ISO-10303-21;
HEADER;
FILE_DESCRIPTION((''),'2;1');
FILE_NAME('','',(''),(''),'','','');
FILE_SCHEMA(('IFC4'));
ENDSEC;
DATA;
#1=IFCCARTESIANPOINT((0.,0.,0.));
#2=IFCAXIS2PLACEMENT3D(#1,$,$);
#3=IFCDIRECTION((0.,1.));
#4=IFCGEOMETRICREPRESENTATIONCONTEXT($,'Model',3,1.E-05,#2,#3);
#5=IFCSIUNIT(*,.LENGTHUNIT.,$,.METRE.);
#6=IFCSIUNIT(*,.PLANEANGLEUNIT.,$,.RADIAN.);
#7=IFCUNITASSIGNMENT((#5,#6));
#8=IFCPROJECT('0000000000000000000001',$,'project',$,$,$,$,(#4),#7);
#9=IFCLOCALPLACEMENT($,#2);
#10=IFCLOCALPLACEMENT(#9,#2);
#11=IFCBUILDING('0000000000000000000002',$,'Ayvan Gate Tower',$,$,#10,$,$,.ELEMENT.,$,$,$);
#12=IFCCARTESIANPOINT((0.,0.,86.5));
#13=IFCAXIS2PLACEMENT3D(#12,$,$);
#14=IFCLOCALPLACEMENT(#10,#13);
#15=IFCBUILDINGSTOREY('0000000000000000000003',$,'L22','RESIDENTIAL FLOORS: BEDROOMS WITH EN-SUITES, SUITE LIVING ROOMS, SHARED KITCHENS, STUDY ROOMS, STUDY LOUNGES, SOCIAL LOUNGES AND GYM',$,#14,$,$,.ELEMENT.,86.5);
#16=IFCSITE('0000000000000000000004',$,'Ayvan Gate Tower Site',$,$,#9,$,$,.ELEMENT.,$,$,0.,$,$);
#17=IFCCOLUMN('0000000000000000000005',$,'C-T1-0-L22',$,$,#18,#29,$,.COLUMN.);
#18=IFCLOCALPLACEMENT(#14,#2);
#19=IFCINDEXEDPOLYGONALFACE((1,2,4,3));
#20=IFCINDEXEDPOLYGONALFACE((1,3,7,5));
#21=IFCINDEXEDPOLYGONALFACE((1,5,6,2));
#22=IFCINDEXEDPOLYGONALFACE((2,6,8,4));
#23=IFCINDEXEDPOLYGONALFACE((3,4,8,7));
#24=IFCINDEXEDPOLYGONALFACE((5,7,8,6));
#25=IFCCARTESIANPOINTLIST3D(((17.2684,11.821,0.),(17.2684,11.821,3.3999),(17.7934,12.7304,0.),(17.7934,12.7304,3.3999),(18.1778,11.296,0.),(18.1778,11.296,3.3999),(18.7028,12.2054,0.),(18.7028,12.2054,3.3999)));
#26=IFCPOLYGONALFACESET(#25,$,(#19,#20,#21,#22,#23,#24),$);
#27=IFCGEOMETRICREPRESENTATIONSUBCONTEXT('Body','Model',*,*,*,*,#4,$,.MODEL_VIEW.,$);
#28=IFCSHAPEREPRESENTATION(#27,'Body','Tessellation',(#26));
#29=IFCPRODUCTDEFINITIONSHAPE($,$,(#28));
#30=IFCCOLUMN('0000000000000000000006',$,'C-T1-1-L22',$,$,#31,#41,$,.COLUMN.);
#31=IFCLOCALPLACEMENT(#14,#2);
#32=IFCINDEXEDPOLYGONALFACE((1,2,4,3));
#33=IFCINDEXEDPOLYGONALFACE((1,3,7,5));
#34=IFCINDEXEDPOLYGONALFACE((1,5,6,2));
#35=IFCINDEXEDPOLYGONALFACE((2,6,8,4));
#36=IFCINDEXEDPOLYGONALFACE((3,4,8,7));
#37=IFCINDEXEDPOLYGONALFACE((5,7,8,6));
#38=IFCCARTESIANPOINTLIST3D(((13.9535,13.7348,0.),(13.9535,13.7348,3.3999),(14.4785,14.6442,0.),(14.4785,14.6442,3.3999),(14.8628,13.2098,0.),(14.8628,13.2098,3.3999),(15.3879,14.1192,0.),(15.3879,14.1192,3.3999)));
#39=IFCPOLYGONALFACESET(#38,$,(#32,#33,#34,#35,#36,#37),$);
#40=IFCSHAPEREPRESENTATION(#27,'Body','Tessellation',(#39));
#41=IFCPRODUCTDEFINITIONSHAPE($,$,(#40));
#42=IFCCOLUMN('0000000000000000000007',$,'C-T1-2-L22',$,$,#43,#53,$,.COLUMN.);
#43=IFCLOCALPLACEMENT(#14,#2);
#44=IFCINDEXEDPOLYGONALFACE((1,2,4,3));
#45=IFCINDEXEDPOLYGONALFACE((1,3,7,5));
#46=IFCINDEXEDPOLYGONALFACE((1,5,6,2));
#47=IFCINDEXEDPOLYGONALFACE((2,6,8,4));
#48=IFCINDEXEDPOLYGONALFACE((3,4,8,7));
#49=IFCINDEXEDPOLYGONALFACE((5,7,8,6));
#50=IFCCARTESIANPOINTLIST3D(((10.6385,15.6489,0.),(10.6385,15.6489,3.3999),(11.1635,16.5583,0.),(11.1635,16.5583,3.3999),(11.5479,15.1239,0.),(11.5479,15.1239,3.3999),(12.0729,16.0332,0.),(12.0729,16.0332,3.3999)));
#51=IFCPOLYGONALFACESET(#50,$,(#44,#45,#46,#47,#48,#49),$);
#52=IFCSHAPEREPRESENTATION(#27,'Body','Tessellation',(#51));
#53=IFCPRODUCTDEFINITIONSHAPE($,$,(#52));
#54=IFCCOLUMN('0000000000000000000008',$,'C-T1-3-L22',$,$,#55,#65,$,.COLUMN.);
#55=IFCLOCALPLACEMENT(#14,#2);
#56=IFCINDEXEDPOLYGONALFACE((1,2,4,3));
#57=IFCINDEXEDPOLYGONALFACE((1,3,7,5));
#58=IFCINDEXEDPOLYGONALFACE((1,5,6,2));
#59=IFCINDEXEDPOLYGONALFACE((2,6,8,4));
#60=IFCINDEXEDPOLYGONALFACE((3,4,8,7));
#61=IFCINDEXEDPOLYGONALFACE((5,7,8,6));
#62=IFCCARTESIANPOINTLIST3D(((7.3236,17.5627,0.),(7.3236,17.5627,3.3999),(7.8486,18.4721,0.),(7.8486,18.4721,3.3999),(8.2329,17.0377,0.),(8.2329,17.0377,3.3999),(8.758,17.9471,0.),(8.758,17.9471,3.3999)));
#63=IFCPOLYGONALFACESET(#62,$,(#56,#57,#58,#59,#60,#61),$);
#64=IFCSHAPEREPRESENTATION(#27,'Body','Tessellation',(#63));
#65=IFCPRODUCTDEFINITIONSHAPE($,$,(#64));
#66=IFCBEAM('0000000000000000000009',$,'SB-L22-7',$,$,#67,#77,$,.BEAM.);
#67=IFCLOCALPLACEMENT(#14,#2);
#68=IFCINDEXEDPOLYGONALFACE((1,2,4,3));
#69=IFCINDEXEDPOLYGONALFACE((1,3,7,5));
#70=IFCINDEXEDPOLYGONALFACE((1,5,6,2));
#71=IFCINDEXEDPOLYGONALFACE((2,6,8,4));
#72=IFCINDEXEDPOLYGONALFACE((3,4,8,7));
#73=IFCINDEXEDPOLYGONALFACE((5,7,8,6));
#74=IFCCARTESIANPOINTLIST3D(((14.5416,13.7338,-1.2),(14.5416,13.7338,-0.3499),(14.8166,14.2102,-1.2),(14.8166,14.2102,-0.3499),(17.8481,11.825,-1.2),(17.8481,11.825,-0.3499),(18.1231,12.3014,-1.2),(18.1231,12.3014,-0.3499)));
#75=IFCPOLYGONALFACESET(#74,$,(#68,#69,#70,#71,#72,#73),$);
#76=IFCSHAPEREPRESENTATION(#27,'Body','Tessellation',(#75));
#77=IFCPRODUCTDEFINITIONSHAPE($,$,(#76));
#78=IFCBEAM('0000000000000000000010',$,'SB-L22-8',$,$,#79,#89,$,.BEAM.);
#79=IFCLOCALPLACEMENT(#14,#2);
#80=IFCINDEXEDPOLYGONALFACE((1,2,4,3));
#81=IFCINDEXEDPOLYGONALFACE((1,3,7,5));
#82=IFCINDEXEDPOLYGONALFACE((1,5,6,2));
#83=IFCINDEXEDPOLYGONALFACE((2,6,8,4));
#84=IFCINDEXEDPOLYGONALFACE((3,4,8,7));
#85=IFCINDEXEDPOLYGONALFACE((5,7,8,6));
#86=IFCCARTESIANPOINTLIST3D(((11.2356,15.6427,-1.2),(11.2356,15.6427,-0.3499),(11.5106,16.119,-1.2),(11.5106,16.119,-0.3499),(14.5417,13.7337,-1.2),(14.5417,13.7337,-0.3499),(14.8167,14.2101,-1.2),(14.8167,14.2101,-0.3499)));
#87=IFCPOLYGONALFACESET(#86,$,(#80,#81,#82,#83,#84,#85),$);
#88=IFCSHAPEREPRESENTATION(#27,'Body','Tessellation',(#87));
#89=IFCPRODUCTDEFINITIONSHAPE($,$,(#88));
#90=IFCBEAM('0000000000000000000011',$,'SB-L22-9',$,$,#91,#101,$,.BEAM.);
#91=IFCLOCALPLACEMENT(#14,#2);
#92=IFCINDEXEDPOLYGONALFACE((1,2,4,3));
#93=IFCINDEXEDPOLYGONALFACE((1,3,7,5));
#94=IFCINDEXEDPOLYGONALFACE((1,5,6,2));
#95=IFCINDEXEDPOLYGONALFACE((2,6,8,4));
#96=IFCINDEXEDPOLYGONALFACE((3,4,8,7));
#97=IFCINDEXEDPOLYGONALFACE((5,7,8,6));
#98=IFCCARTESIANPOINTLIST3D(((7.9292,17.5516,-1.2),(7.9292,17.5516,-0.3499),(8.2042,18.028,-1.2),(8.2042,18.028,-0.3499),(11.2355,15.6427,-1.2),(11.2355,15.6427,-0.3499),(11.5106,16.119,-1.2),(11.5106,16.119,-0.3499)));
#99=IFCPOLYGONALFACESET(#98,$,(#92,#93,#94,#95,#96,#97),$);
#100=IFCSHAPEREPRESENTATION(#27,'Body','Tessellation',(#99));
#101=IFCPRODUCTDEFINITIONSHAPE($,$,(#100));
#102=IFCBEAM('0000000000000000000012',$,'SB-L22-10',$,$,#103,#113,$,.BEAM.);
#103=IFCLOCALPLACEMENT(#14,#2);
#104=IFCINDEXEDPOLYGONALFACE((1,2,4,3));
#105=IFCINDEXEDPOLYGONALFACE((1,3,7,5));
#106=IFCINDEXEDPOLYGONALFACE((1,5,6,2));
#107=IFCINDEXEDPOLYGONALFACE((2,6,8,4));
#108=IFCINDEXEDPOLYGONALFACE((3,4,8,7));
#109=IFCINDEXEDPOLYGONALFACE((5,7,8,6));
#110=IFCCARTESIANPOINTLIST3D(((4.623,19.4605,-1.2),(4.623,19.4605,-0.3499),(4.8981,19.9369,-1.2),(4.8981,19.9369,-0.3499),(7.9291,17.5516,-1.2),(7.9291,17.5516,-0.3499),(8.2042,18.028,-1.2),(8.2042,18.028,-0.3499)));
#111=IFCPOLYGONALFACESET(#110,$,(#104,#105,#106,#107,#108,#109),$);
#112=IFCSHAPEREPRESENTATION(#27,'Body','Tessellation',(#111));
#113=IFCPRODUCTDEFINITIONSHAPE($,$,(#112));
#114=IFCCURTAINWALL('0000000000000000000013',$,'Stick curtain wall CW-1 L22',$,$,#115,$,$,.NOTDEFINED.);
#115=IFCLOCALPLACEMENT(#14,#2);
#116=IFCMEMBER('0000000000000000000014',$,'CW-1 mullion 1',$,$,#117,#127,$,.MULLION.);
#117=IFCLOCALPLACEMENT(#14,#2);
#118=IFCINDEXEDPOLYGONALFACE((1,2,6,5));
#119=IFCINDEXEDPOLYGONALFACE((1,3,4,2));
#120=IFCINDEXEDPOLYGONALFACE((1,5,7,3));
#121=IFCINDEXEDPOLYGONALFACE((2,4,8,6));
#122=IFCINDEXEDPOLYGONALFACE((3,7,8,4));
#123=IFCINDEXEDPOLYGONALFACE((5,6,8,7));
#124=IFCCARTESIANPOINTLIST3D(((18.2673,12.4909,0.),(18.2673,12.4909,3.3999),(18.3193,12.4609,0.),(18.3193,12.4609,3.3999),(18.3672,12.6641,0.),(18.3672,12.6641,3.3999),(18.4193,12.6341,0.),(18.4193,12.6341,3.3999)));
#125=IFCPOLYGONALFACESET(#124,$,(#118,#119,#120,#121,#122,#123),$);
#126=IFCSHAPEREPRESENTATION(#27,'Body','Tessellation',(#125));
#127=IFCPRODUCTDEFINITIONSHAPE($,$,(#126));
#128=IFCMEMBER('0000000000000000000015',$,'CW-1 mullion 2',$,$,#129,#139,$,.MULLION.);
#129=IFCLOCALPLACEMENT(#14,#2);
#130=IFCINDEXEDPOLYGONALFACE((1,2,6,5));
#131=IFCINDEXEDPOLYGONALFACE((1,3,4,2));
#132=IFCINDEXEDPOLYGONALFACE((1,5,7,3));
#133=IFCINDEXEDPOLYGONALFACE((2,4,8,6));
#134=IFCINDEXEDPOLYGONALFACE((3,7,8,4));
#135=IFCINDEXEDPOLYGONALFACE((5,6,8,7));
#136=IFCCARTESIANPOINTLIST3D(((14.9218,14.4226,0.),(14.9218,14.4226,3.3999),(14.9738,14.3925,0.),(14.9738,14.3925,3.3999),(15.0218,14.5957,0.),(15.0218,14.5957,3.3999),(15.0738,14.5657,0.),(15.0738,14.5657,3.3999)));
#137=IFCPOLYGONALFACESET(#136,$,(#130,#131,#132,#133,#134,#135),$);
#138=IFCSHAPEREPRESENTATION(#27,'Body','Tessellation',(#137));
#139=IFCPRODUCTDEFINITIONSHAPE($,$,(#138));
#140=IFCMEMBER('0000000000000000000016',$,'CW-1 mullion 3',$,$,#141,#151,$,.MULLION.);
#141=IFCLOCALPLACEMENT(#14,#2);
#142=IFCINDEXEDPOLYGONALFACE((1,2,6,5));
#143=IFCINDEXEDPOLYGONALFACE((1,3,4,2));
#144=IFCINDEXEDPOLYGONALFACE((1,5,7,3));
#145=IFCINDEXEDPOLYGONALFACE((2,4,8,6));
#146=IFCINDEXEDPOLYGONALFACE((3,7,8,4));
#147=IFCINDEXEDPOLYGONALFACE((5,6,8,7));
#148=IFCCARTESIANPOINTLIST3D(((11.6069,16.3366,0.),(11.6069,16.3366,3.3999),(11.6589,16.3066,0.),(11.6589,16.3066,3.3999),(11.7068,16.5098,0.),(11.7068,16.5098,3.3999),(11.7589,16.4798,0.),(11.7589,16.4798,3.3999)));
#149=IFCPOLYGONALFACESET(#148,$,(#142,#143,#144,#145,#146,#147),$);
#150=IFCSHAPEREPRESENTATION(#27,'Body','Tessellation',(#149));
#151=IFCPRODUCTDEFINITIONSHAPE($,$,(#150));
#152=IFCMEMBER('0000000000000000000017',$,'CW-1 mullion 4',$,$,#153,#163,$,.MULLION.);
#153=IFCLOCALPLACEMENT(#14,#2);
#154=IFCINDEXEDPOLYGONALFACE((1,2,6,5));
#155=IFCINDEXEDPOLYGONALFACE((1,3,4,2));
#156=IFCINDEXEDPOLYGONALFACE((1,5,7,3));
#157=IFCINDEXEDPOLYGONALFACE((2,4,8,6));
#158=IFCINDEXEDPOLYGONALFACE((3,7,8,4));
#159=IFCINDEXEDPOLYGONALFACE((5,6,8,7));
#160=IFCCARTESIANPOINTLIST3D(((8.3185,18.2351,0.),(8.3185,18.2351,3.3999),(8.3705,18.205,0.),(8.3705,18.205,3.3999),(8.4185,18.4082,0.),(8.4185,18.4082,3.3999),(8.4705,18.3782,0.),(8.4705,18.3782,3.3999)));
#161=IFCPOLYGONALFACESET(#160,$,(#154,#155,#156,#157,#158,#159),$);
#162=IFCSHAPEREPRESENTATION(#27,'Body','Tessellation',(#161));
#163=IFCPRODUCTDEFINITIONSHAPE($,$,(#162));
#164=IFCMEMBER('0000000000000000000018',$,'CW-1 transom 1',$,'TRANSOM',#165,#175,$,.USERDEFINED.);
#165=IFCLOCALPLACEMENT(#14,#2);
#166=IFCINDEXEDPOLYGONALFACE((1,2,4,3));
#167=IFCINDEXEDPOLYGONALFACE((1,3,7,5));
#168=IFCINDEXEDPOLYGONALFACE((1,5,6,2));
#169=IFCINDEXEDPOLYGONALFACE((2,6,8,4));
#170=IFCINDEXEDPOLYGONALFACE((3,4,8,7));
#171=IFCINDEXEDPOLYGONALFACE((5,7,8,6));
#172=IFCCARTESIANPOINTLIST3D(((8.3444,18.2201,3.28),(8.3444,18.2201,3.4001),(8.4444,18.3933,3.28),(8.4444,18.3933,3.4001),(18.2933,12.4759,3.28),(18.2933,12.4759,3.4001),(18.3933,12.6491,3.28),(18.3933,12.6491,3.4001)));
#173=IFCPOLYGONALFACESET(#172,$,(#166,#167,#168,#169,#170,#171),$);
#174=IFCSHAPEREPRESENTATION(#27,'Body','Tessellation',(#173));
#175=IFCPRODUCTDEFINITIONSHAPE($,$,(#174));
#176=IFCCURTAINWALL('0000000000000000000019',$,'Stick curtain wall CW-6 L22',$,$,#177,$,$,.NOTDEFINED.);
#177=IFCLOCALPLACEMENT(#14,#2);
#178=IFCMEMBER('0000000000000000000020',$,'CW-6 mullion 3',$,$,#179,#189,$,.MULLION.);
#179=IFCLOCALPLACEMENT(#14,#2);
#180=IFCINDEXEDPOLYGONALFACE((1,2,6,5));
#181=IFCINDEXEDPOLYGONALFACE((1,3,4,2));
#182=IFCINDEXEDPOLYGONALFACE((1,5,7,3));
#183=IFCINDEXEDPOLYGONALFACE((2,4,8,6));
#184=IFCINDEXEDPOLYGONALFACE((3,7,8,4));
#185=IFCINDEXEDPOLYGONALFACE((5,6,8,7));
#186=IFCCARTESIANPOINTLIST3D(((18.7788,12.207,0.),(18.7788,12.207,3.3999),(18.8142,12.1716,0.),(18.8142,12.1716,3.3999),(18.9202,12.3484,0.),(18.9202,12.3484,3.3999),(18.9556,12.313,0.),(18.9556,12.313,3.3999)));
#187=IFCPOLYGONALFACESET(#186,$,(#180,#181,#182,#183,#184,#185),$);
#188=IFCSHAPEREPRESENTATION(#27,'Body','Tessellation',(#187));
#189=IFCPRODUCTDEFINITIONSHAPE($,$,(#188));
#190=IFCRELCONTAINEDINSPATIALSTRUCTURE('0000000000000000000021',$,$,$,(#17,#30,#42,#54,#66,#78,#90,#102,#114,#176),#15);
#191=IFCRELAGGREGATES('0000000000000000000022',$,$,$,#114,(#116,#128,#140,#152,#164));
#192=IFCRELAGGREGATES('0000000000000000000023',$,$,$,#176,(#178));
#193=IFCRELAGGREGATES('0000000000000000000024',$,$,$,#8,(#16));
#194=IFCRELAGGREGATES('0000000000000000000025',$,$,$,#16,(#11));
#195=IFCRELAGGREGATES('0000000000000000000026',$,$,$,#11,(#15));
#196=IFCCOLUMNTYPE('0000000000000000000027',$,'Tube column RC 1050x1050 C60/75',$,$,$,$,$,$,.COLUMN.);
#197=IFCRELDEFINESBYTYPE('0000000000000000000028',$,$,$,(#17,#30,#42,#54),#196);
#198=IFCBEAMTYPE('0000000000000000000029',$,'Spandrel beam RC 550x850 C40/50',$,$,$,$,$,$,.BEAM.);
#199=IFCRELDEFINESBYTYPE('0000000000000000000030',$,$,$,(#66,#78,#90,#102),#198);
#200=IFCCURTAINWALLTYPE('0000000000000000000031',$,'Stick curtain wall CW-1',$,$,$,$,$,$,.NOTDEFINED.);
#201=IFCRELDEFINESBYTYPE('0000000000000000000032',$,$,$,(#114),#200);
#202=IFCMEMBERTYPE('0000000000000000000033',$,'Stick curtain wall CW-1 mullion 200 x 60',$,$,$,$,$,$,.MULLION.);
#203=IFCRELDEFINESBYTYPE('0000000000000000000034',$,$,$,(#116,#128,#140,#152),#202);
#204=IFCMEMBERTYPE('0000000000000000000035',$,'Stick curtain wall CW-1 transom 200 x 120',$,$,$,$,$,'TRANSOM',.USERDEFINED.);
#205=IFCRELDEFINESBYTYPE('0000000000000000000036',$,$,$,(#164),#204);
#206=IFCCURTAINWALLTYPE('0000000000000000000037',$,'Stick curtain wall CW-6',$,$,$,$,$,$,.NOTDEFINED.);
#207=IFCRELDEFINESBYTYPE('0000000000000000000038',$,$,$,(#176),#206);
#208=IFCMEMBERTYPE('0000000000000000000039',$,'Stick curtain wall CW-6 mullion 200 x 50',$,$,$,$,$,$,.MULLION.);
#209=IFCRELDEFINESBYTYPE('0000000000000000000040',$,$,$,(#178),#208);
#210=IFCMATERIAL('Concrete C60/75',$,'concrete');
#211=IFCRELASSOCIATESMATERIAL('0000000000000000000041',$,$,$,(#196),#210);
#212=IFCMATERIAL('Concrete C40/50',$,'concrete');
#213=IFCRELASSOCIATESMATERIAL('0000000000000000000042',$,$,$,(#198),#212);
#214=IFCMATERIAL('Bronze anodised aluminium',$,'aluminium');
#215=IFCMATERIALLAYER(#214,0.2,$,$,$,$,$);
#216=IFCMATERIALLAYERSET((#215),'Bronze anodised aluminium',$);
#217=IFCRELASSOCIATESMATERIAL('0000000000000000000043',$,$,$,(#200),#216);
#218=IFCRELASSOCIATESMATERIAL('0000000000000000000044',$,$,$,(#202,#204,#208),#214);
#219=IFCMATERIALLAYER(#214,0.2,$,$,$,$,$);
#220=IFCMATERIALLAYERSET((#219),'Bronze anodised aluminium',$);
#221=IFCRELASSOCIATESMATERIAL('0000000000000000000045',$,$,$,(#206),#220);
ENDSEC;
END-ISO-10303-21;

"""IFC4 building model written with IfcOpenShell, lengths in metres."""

from ifc_helpers import new_model, si_unit, direction, frame, origin, origin_2d, place, context, subcontext, project, spatial, rectangle, extrude, material, layer, layer_set, material_profile, profile_set, type_object, element, aggregate, save


model = new_model("IFC4")

# Units and contexts
model_context = context("Model", 3, precision=1e-05, world=origin(), true_north=direction((0.0, 1.0)))
body_context = subcontext(model_context, "Body", "Model", "MODEL_VIEW")
ifc_project = project(units=[si_unit("LENGTHUNIT", "METRE"), si_unit("PLANEANGLEUNIT", "RADIAN")], contexts=[model_context])

# Site, building, storey
site_placement = place(None, origin())
site = spatial("IfcSite", under=ifc_project, at=site_placement, Name="Ayvan Gate Tower Site", CompositionType="ELEMENT", RefElevation=0.0)
building_placement = place(site_placement, origin())
building = spatial("IfcBuilding", under=site, at=building_placement, Name="Ayvan Gate Tower", CompositionType="ELEMENT")
storey_placement = place(building_placement, frame((0.0, 0.0, 86.5)))
storey = spatial("IfcBuildingStorey", under=building, at=storey_placement, Name="L22", Description="RESIDENTIAL FLOORS: BEDROOMS WITH EN-SUITES, SUITE LIVING ROOMS, SHARED KITCHENS, STUDY ROOMS, STUDY LOUNGES, SOCIAL LOUNGES AND GYM", CompositionType="ELEMENT", Elevation=86.5)

# Columns
ifc_material_1 = material(Name="Concrete C60/75", Category="concrete")
ifc_material_profile_1 = material_profile(ifc_material_1, rectangle(XDim=1.05, YDim=1.05, at=origin_2d()), Name="RC 1050x1050")
ifc_profile_set_1 = profile_set([ifc_material_profile_1], Name="Concrete C60/75")
column_type = type_object("IfcColumnType", Name="Tube column RC 1050x1050 C60/75", PredefinedType="COLUMN", material=ifc_profile_set_1)
for number, where, z_axis, x_axis, name in (
    (1, (17.9856, 12.0132, 0.0), (0.0, 0.0, 1.0), (0.5, 0.866025, 0.0), "C-T1-0-L22"),
    (2, (14.6707, 13.927, 0.0), (0.0, 0.0, 1.0), (0.5, 0.866025, 0.0), "C-T1-1-L22"),
    (3, (11.3557, 15.8411, 0.0), (0.0, 0.0, 1.0), (0.5, 0.866025, 0.0), "C-T1-2-L22"),
    (4, (8.0408, 17.7549, 0.0), (0.0, 0.0, 1.0), (0.5, 0.866025, 0.0), "C-T1-3-L22"),
):
    element("IfcColumn", number, at=place(storey_placement, frame(where, z_axis=z_axis, x_axis=x_axis)), inside=storey, type_object=column_type, Name=name, PredefinedType="COLUMN", context=body_context, shape_type="SweptSolid", body=[
        extrude(rectangle(XDim=1.05, YDim=1.05, at=origin_2d()), origin(), (0.0, 0.0, 1.0), 3.3999),
    ])

# Beams
ifc_material_2 = material(Name="Concrete C40/50", Category="concrete")
ifc_material_profile_2 = material_profile(ifc_material_2, rectangle(XDim=0.55, YDim=0.8501, at=origin_2d()), Name="RC 550x850")
ifc_profile_set_2 = profile_set([ifc_material_profile_2], Name="Concrete C40/50")
beam_type = type_object("IfcBeamType", Name="Spandrel beam RC 550x850 C40/50", PredefinedType="BEAM", material=ifc_profile_set_2)
beam_1_placement = place(storey_placement, frame((17.9856, 12.0632, -0.7749), z_axis=(-0.866055, 0.499949, 0.0), x_axis=(-0.499949, -0.866055, 0.0)))
element("IfcBeam", 5, at=beam_1_placement, inside=storey, type_object=beam_type, Name="SB-L22-7", PredefinedType="BEAM", context=body_context, shape_type="SweptSolid", body=[
    extrude(rectangle(XDim=0.55, YDim=0.8501, at=origin_2d()), origin(), (0.0, 0.0, 1.0), 3.8179),
])
beam_2_placement = place(storey_placement, frame((14.6792, 13.9719, -0.7749), z_axis=(-0.866011, 0.500025, 0.0), x_axis=(-0.500025, -0.866011, 0.0)))
element("IfcBeam", 6, at=beam_2_placement, inside=storey, type_object=beam_type, Name="SB-L22-8", PredefinedType="BEAM", context=body_context, shape_type="SweptSolid", body=[
    extrude(rectangle(XDim=0.55, YDim=0.8501, at=origin_2d()), origin(), (0.0, 0.0, 1.0), 3.8176),
])
beam_3_placement = place(storey_placement, frame((11.373, 15.8809, -0.7749), z_axis=(-0.866027, 0.499997, 0.0), x_axis=(-0.499997, -0.866027, 0.0)))
element("IfcBeam", 7, at=beam_3_placement, inside=storey, type_object=beam_type, Name="SB-L22-9", PredefinedType="BEAM", context=body_context, shape_type="SweptSolid", body=[
    extrude(rectangle(XDim=0.55, YDim=0.8501, at=origin_2d()), origin(), (0.0, 0.0, 1.0), 3.8179),
])
beam_4_placement = place(storey_placement, frame((8.0667, 17.7898, -0.7749), z_axis=(-0.866011, 0.500025, 0.0), x_axis=(-0.500025, -0.866011, 0.0)))
element("IfcBeam", 8, at=beam_4_placement, inside=storey, type_object=beam_type, Name="SB-L22-10", PredefinedType="BEAM", context=body_context, shape_type="SweptSolid", body=[
    extrude(rectangle(XDim=0.55, YDim=0.8501, at=origin_2d()), origin(), (0.0, 0.0, 1.0), 3.8176),
])

# Curtain walls, members
ifc_material_3 = material(Name="Bronze anodised aluminium", Category="aluminium")
ifc_layer_1 = layer(ifc_material_3, 0.2)
ifc_layer_set_1 = layer_set([ifc_layer_1], Name="Bronze anodised aluminium")
curtain_wall_type_1 = type_object("IfcCurtainWallType", Name="Stick curtain wall CW-1", PredefinedType="NOTDEFINED", material=ifc_layer_set_1)
curtain_wall_1_placement = place(storey_placement, origin())
curtain_wall_1 = element("IfcCurtainWall", 9, at=curtain_wall_1_placement, inside=storey, type_object=curtain_wall_type_1, Name="Stick curtain wall CW-1 L22", PredefinedType="NOTDEFINED")
ifc_material_profile_3 = material_profile(ifc_material_3, rectangle(XDim=0.2, YDim=0.0601, at=origin_2d()), Name="Stick curtain wall CW-1 mullion 200 x 60")
ifc_profile_set_3 = profile_set([ifc_material_profile_3], Name="Bronze anodised aluminium")
member_type_1 = type_object("IfcMemberType", Name="Stick curtain wall CW-1 mullion 200 x 60", PredefinedType="MULLION", material=ifc_profile_set_3)
member_1_placement = place(storey_placement, frame((18.3433, 12.5625, 0.0), z_axis=(0.0, 0.0, 1.0), x_axis=(0.5, 0.866025, 0.0)))
member_1 = element("IfcMember", 10, at=member_1_placement, type_object=member_type_1, Name="CW-1 mullion 1", PredefinedType="MULLION", context=body_context, shape_type="SweptSolid", body=[
    extrude(rectangle(XDim=0.2, YDim=0.0601, at=origin_2d()), origin(), (0.0, 0.0, 1.0), 3.3999),
])
member_2_placement = place(storey_placement, frame((14.9978, 14.4941, 0.0), z_axis=(0.0, 0.0, 1.0), x_axis=(0.5, 0.866025, 0.0)))
member_2 = element("IfcMember", 11, at=member_2_placement, type_object=member_type_1, Name="CW-1 mullion 2", PredefinedType="MULLION", context=body_context, shape_type="SweptSolid", body=[
    extrude(rectangle(XDim=0.2, YDim=0.0601, at=origin_2d()), origin(), (0.0, 0.0, 1.0), 3.3999),
])
member_3_placement = place(storey_placement, frame((11.6829, 16.4082, 0.0), z_axis=(0.0, 0.0, 1.0), x_axis=(0.5, 0.866025, 0.0)))
member_3 = element("IfcMember", 12, at=member_3_placement, type_object=member_type_1, Name="CW-1 mullion 3", PredefinedType="MULLION", context=body_context, shape_type="SweptSolid", body=[
    extrude(rectangle(XDim=0.2, YDim=0.0601, at=origin_2d()), origin(), (0.0, 0.0, 1.0), 3.3999),
])
member_4_placement = place(storey_placement, frame((8.3945, 18.3066, 0.0), z_axis=(0.0, 0.0, 1.0), x_axis=(0.5, 0.866025, 0.0)))
member_4 = element("IfcMember", 13, at=member_4_placement, type_object=member_type_1, Name="CW-1 mullion 4", PredefinedType="MULLION", context=body_context, shape_type="SweptSolid", body=[
    extrude(rectangle(XDim=0.2, YDim=0.0601, at=origin_2d()), origin(), (0.0, 0.0, 1.0), 3.3999),
])
ifc_material_profile_4 = material_profile(ifc_material_3, rectangle(XDim=0.2, YDim=0.1201, at=origin_2d()), Name="Stick curtain wall CW-1 transom 200 x 120")
ifc_profile_set_4 = profile_set([ifc_material_profile_4], Name="Bronze anodised aluminium")
member_type_2 = type_object("IfcMemberType", Name="Stick curtain wall CW-1 transom 200 x 120", ElementType="TRANSOM", PredefinedType="USERDEFINED", material=ifc_profile_set_4)
member_5_placement = place(storey_placement, frame((18.3433, 12.5625, 3.3401), z_axis=(-0.866016, 0.500016, 0.0), x_axis=(-0.500016, -0.866016, 0.0)))
member_5 = element("IfcMember", 14, at=member_5_placement, type_object=member_type_2, Name="CW-1 transom 1", ObjectType="TRANSOM", PredefinedType="USERDEFINED", context=body_context, shape_type="SweptSolid", body=[
    extrude(rectangle(XDim=0.2, YDim=0.1201, at=origin_2d()), origin(), (0.0, 0.0, 1.0), 11.488),
])
ifc_layer_2 = layer(ifc_material_3, 0.2)
ifc_layer_set_2 = layer_set([ifc_layer_2], Name="Bronze anodised aluminium")
curtain_wall_type_2 = type_object("IfcCurtainWallType", Name="Stick curtain wall CW-6", PredefinedType="NOTDEFINED", material=ifc_layer_set_2)
curtain_wall_2_placement = place(storey_placement, origin())
curtain_wall_2 = element("IfcCurtainWall", 15, at=curtain_wall_2_placement, inside=storey, type_object=curtain_wall_type_2, Name="Stick curtain wall CW-6 L22", PredefinedType="NOTDEFINED")
ifc_material_profile_5 = material_profile(ifc_material_3, rectangle(XDim=0.2, YDim=0.05, at=origin_2d()), Name="Stick curtain wall CW-6 mullion 200 x 50")
ifc_profile_set_5 = profile_set([ifc_material_profile_5], Name="Bronze anodised aluminium")
member_type_3 = type_object("IfcMemberType", Name="Stick curtain wall CW-6 mullion 200 x 50", PredefinedType="MULLION", material=ifc_profile_set_5)
member_6_placement = place(storey_placement, frame((18.8672, 12.26, 0.0), z_axis=(0.0, 0.0, 1.0), x_axis=(0.707107, 0.707107, 0.0)))
member_6 = element("IfcMember", 16, at=member_6_placement, type_object=member_type_3, Name="CW-6 mullion 3", PredefinedType="MULLION", context=body_context, shape_type="SweptSolid", body=[
    extrude(rectangle(XDim=0.2, YDim=0.05, at=origin_2d()), origin(), (0.0, 0.0, 1.0), 3.3999),
])

aggregate(curtain_wall_1, [member_1, member_2, member_3, member_4, member_5])
aggregate(curtain_wall_2, [member_6])

save(model, "model.ifc")
